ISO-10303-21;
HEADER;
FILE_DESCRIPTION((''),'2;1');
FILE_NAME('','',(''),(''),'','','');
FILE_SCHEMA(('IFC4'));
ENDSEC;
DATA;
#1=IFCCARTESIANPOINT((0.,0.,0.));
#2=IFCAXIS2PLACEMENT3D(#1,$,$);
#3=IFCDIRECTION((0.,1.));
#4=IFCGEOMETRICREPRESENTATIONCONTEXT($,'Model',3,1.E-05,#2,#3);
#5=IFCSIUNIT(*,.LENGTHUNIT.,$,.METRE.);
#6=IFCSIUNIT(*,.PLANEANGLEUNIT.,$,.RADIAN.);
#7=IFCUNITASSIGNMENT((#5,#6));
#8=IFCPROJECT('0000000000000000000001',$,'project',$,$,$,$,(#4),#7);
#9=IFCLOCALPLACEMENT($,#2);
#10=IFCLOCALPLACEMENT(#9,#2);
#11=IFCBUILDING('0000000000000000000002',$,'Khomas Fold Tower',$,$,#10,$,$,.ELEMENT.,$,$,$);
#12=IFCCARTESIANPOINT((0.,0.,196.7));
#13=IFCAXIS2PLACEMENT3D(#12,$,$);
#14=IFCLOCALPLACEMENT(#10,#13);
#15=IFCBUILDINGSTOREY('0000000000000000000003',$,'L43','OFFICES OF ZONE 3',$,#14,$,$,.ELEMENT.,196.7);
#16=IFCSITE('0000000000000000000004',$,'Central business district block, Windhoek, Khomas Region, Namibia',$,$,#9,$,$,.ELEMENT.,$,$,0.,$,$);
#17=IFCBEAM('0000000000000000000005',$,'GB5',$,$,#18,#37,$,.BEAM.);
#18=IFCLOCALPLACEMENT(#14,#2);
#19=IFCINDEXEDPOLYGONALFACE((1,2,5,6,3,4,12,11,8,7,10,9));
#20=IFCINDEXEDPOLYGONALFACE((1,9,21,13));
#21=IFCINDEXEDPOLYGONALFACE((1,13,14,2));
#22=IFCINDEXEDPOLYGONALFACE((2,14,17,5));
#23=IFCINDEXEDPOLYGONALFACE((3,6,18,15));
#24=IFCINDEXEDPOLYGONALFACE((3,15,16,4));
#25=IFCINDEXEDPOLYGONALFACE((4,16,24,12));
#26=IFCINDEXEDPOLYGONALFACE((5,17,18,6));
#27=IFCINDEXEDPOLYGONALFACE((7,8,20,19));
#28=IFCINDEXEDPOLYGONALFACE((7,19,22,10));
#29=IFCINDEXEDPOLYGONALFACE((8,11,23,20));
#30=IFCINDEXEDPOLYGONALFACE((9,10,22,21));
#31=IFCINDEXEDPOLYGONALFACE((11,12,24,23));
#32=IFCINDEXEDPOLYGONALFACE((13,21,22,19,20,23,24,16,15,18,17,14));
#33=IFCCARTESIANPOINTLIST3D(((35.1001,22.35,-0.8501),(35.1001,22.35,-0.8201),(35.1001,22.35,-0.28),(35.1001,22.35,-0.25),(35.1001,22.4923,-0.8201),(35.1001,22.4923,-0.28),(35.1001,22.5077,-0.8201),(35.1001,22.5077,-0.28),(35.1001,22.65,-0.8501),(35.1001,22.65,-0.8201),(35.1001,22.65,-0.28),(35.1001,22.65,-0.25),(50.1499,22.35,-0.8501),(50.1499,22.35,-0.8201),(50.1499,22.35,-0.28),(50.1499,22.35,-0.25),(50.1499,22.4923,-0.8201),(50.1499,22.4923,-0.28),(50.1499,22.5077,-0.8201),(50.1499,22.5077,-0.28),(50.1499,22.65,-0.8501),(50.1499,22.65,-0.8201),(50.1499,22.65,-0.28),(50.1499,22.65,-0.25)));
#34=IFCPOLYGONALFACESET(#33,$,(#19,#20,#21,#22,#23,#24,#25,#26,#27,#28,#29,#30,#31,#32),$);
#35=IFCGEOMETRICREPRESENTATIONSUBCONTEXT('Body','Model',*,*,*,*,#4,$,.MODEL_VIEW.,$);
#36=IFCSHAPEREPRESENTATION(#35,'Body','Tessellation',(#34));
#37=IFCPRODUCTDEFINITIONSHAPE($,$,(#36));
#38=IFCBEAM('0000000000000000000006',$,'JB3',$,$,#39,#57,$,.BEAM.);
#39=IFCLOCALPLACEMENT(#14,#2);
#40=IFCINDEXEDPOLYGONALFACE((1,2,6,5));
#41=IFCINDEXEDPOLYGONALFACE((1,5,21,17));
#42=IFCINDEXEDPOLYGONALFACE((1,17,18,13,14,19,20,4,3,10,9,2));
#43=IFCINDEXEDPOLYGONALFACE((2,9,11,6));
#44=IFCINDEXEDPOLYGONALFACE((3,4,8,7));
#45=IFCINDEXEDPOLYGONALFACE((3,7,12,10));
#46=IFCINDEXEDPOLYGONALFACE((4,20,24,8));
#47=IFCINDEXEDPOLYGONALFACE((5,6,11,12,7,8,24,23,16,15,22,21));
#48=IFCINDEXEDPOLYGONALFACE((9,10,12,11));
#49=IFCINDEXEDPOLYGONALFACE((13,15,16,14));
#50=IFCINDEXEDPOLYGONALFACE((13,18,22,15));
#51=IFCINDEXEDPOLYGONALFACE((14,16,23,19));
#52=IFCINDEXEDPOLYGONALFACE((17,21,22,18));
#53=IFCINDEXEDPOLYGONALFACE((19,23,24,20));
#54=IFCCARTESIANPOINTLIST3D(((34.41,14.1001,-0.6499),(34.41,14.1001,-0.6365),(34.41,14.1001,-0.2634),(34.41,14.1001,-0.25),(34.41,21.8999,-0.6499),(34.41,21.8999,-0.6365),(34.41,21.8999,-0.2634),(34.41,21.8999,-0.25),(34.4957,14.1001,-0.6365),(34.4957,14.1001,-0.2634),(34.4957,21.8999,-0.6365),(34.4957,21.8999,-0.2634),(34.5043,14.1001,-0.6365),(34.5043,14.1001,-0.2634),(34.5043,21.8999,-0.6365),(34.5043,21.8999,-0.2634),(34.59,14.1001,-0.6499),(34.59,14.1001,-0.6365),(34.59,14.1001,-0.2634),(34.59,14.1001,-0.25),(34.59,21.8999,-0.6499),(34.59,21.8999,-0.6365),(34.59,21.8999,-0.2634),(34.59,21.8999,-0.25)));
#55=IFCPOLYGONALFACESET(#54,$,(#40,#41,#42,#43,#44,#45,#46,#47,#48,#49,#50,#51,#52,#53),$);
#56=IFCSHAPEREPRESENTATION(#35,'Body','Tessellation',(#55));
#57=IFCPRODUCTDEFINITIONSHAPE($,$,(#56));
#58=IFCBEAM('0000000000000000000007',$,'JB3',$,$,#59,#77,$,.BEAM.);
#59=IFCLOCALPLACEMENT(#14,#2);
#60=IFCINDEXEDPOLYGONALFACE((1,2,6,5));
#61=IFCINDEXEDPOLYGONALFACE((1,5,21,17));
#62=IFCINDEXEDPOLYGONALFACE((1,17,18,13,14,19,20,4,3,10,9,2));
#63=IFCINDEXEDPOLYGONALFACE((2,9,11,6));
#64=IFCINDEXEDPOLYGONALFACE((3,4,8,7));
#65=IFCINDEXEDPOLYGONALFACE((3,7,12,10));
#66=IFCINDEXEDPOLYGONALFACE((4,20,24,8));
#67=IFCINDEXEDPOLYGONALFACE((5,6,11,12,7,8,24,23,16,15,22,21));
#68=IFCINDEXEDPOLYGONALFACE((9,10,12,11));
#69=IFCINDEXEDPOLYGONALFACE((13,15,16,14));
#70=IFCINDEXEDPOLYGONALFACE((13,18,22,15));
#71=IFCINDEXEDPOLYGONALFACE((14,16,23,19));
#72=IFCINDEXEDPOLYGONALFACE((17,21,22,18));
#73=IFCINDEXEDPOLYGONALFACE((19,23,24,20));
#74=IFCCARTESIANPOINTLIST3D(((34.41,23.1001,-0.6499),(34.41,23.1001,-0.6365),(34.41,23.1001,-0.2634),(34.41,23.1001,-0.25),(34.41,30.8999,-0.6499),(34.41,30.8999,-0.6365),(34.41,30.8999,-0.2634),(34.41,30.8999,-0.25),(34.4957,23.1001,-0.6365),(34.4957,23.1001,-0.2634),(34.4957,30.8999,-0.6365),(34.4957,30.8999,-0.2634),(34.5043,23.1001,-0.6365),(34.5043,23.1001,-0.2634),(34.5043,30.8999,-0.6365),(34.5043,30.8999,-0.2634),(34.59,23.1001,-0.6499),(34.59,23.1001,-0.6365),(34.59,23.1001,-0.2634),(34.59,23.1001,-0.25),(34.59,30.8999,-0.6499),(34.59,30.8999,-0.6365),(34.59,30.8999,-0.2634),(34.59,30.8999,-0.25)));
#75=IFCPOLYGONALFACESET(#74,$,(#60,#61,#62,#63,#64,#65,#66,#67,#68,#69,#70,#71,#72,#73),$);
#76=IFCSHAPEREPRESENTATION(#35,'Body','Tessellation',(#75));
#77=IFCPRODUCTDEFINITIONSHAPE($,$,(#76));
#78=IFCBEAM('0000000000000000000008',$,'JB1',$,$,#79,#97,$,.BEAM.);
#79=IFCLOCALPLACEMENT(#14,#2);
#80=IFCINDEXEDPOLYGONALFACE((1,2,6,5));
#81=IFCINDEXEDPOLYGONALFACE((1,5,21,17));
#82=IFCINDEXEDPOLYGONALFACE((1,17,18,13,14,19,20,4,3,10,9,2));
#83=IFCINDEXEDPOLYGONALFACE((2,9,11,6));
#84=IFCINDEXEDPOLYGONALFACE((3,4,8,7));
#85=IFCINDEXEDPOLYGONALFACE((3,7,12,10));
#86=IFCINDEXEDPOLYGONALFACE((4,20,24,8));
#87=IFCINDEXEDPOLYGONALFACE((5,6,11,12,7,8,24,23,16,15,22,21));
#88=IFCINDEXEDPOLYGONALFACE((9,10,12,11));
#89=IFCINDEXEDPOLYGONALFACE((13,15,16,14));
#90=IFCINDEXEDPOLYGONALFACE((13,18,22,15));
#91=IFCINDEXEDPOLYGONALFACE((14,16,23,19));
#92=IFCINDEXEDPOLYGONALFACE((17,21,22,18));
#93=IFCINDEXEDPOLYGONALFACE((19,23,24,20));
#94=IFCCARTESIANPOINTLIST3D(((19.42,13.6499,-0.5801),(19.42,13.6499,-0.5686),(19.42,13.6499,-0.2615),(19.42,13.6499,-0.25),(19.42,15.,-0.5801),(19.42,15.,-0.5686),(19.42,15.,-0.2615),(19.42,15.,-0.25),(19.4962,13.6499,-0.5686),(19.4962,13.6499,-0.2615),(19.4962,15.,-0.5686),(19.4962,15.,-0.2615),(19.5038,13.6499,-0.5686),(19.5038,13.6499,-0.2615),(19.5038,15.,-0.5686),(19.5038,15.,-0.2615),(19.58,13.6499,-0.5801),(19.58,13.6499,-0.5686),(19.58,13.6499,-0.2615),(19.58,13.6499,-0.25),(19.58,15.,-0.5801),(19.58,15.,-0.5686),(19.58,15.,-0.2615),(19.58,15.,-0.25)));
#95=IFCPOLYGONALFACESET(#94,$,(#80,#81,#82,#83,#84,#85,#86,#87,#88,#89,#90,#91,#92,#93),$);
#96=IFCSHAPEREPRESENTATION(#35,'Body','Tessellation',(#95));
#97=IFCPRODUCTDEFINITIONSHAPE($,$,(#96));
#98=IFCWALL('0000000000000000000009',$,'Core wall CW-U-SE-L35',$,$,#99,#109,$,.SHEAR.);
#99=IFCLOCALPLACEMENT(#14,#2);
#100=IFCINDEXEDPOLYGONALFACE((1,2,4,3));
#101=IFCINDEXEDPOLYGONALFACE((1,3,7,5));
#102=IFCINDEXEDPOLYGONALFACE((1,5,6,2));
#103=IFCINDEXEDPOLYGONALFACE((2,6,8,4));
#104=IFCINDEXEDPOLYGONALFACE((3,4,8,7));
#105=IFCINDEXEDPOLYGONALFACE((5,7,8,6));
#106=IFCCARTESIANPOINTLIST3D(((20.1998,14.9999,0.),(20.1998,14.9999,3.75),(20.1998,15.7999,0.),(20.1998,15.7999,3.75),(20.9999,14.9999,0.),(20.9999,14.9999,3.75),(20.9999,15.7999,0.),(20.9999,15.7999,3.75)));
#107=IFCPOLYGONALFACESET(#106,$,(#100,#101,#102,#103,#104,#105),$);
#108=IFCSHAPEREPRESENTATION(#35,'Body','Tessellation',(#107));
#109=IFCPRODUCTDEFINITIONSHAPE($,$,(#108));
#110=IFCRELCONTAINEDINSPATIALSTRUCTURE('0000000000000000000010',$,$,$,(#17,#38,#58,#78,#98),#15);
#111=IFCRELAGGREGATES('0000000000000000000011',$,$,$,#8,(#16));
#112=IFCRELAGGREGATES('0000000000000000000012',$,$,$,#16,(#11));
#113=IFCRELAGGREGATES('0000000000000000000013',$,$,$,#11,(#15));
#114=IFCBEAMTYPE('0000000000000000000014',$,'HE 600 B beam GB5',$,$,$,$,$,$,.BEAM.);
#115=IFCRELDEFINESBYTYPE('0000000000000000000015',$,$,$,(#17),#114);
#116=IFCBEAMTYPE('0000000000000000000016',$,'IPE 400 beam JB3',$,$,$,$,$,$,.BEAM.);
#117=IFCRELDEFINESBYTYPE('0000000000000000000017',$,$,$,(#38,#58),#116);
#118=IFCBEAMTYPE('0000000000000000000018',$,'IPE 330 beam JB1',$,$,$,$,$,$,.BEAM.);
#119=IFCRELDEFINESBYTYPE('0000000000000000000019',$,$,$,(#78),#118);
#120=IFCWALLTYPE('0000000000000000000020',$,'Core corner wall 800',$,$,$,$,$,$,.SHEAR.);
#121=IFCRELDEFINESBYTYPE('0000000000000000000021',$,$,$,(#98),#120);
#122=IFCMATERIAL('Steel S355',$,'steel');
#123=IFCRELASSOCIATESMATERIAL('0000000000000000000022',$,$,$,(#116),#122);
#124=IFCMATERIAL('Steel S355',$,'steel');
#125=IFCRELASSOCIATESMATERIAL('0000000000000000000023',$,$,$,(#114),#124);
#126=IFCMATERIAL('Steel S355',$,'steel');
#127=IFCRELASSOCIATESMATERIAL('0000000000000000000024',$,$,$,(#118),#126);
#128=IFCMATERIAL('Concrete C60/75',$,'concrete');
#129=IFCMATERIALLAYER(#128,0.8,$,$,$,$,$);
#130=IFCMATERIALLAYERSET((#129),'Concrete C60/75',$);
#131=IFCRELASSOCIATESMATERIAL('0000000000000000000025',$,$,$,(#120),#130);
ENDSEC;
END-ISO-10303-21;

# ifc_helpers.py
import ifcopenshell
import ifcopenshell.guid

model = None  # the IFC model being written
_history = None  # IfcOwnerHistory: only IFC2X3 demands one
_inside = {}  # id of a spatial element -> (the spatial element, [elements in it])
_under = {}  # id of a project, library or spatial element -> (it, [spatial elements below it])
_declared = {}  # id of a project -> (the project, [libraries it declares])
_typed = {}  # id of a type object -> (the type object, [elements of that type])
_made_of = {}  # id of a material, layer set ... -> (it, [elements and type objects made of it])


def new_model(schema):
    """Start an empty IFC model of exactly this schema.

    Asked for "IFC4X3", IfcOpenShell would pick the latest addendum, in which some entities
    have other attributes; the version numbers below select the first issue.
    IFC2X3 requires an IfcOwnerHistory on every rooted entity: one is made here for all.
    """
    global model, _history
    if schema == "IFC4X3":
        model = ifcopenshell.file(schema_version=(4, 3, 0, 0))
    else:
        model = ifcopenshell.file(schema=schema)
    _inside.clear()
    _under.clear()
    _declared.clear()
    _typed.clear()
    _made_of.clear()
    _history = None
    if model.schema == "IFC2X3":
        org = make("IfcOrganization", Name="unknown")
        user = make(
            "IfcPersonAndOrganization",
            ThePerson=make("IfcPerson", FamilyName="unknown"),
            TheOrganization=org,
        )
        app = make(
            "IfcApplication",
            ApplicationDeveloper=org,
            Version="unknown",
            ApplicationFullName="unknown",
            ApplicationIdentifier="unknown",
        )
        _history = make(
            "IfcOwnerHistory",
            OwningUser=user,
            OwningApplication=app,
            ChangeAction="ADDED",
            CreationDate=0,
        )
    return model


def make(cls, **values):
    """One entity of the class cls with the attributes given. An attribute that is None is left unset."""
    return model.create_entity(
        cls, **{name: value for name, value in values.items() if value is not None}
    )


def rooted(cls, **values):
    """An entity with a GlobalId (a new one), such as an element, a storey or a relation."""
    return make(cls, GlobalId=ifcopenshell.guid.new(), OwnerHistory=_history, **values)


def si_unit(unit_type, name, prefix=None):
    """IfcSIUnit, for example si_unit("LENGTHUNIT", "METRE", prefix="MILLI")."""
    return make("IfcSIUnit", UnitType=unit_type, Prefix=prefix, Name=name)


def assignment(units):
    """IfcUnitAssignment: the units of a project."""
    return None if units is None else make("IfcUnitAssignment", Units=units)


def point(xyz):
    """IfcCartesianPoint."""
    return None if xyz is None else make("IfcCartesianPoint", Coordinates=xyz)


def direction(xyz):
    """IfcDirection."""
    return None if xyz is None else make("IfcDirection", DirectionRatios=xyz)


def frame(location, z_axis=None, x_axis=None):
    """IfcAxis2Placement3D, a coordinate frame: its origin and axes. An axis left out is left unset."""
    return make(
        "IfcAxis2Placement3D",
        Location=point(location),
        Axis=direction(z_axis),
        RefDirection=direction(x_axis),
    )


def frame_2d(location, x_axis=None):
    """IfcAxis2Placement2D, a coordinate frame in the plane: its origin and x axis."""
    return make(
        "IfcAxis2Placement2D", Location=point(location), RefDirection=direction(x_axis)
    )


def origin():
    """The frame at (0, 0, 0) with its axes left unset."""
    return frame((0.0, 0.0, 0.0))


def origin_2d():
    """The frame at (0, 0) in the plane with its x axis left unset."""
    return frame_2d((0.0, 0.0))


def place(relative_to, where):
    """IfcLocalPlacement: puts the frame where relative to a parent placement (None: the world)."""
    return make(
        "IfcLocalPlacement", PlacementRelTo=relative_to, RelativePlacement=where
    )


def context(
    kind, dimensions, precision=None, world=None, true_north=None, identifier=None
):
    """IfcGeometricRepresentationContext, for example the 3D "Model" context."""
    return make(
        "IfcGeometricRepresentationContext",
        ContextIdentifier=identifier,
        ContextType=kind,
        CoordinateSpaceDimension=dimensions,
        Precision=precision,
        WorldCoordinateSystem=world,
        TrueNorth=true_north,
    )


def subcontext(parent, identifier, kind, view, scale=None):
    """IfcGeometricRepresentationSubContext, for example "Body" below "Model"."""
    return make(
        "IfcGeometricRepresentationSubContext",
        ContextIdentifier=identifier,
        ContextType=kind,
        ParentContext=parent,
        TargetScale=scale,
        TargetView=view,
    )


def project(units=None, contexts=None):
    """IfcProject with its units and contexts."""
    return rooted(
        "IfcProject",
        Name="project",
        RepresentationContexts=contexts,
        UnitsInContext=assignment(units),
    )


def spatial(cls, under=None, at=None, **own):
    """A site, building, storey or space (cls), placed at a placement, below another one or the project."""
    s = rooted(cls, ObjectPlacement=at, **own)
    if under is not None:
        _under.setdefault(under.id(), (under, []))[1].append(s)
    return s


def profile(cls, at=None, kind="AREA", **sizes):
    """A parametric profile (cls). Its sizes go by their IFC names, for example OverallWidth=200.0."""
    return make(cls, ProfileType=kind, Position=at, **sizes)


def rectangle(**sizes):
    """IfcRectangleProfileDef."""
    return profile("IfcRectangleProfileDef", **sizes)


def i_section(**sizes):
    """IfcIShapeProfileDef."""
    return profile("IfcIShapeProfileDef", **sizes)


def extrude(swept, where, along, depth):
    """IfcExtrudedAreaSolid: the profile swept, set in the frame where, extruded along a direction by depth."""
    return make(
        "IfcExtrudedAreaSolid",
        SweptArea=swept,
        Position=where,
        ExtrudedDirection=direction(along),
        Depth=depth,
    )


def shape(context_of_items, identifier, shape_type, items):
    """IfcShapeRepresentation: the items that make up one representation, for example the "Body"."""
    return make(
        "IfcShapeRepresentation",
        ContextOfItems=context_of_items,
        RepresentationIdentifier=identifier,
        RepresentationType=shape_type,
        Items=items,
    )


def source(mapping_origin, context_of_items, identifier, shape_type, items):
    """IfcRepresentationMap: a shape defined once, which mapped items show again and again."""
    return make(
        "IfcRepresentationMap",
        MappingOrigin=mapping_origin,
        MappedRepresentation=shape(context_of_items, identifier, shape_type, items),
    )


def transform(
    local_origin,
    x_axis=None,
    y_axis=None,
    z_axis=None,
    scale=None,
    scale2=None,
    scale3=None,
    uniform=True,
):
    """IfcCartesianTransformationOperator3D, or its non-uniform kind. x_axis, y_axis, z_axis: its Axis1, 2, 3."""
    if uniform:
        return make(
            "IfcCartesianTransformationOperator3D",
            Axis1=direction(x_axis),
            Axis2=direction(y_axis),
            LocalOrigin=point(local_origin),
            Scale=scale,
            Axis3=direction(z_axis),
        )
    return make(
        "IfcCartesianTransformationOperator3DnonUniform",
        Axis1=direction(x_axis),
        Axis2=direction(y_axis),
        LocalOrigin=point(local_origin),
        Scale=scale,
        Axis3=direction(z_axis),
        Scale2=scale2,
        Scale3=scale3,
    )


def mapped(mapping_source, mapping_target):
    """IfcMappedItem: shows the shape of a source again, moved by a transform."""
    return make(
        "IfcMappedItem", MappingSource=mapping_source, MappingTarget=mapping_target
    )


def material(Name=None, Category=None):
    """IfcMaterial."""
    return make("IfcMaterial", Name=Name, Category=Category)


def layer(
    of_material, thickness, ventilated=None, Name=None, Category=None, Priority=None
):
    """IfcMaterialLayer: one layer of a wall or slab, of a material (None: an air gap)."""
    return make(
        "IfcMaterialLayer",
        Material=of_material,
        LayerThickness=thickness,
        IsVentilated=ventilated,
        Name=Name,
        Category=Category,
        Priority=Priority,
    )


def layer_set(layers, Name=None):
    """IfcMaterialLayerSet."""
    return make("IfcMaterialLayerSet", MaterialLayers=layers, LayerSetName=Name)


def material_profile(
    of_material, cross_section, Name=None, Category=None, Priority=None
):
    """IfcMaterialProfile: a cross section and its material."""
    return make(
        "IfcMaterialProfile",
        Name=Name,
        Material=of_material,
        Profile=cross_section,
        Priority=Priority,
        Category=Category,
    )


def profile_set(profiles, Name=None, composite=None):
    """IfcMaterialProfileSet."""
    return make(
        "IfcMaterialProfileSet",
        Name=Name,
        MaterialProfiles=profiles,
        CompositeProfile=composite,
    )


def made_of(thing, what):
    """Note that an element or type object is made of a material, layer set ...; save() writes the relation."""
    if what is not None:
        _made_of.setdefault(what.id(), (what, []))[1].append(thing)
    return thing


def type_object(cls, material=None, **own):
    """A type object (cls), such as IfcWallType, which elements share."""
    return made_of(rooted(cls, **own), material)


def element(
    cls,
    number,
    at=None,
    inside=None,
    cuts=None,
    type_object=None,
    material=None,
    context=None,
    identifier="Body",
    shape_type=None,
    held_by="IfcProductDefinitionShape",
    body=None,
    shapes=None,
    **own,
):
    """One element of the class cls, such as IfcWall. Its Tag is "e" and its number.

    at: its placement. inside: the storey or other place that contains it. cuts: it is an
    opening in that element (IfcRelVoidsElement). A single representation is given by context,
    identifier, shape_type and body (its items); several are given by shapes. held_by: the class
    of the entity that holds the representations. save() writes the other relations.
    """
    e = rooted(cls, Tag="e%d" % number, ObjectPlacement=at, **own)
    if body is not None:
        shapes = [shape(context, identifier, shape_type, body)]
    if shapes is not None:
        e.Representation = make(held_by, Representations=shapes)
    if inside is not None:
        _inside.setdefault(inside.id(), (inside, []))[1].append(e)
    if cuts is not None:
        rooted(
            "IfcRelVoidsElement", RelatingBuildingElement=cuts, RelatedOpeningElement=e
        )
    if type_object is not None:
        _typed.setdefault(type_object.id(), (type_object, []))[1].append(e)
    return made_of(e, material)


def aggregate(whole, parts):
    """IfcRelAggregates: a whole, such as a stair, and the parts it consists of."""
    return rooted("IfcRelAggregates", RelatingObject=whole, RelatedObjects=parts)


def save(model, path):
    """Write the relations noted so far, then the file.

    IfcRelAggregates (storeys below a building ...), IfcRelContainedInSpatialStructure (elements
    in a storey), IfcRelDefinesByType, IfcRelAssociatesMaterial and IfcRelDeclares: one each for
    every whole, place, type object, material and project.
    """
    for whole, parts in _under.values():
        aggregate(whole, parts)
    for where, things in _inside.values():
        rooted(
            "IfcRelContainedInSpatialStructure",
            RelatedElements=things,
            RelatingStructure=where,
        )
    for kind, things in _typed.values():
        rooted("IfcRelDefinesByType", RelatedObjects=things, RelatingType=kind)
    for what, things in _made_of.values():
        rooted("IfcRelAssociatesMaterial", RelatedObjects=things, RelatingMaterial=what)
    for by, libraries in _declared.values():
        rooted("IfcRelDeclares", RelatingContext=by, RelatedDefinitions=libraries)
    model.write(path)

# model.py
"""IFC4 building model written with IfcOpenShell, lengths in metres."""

from ifc_helpers import new_model, si_unit, direction, frame, frame_2d, origin, origin_2d, place, context, subcontext, project, spatial, rectangle, i_section, extrude, source, transform, mapped, material, layer, layer_set, material_profile, profile_set, type_object, element, save


model = new_model("IFC4")

# Units and contexts
model_context = context("Model", 3, precision=1e-05, world=origin(), true_north=direction((0.0, 1.0)))
body_context = subcontext(model_context, "Body", "Model", "MODEL_VIEW")
ifc_project = project(units=[si_unit("LENGTHUNIT", "METRE"), si_unit("PLANEANGLEUNIT", "RADIAN")], contexts=[model_context])

# Site, building, storey
site_placement = place(None, origin())
site = spatial("IfcSite", under=ifc_project, at=site_placement, Name="Central business district block, Windhoek, Khomas Region, Namibia", CompositionType="ELEMENT", RefElevation=0.0)
building_placement = place(site_placement, origin())
building = spatial("IfcBuilding", under=site, at=building_placement, Name="Khomas Fold Tower", CompositionType="ELEMENT")
storey_placement = place(building_placement, frame((0.0, 0.0, 196.7)))
storey = spatial("IfcBuildingStorey", under=building, at=storey_placement, Name="L43", Description="OFFICES OF ZONE 3", CompositionType="ELEMENT", Elevation=196.7)

# Beams
ifc_material_1 = material(Name="Steel S355", Category="steel")
ifc_material_profile_1 = material_profile(ifc_material_1, i_section(OverallWidth=0.1799, OverallDepth=0.3999, WebThickness=0.0085, FlangeThickness=0.0134, at=origin_2d()), Name="IPE 400")
ifc_profile_set_1 = profile_set([ifc_material_profile_1], Name="Steel S355")
beam_type_1 = type_object("IfcBeamType", Name="IPE 400 beam JB3", PredefinedType="BEAM", material=ifc_profile_set_1)
ifc_material_2 = material(Name="Steel S355", Category="steel")
ifc_material_profile_2 = material_profile(ifc_material_2, i_section(OverallWidth=0.3, OverallDepth=0.6001, WebThickness=0.0154, FlangeThickness=0.03, at=origin_2d()), Name="HE 600 B")
ifc_profile_set_2 = profile_set([ifc_material_profile_2], Name="Steel S355")
beam_type_2 = type_object("IfcBeamType", Name="HE 600 B beam GB5", PredefinedType="BEAM", material=ifc_profile_set_2)
shared_shape_1 = source(origin(), body_context, "Body", "SweptSolid", [
    extrude(i_section(OverallWidth=0.3, OverallDepth=0.6001, WebThickness=0.0154, FlangeThickness=0.03, at=origin_2d()), origin(), (0.0, 0.0, 1.0), 15.0498),
])
for number, where, z_axis, x_axis, name in (
    (1, (35.1001, 22.5, -0.55), (1.0, 0.0, 0.0), (0.0, 1.0, 0.0), "GB5"),
):
    element("IfcBeam", number, at=place(storey_placement, frame(where, z_axis=z_axis, x_axis=x_axis)), inside=storey, type_object=beam_type_2, Name=name, PredefinedType="BEAM", context=body_context, shape_type="MappedRepresentation", body=[
        mapped(shared_shape_1, transform((0.0, 0.0, 0.0))),
    ])
shared_shape_2 = source(origin(), body_context, "Body", "SweptSolid", [
    extrude(i_section(OverallWidth=0.1799, OverallDepth=0.3999, WebThickness=0.0085, FlangeThickness=0.0134, at=origin_2d()), origin(), (0.0, 0.0, 1.0), 7.7998),
])
for number, where, z_axis, x_axis, name in (
    (2, (34.5, 14.1001, -0.45), (0.0, 1.0, 0.0), (-1.0, 0.0, 0.0), "JB3"),
    (3, (34.5, 23.1001, -0.45), (0.0, 1.0, 0.0), (-1.0, 0.0, 0.0), "JB3"),
):
    element("IfcBeam", number, at=place(storey_placement, frame(where, z_axis=z_axis, x_axis=x_axis)), inside=storey, type_object=beam_type_1, Name=name, PredefinedType="BEAM", context=body_context, shape_type="MappedRepresentation", body=[
        mapped(shared_shape_2, transform((0.0, 0.0, 0.0))),
    ])
ifc_material_3 = material(Name="Steel S355", Category="steel")
ifc_material_profile_3 = material_profile(ifc_material_3, i_section(OverallWidth=0.1599, OverallDepth=0.3301, WebThickness=0.0076, FlangeThickness=0.0115, at=origin_2d()), Name="IPE 330")
ifc_profile_set_3 = profile_set([ifc_material_profile_3], Name="Steel S355")
beam_type_3 = type_object("IfcBeamType", Name="IPE 330 beam JB1", PredefinedType="BEAM", material=ifc_profile_set_3)
shared_shape_3 = source(origin(), body_context, "Body", "SweptSolid", [
    extrude(i_section(OverallWidth=0.1599, OverallDepth=0.3301, WebThickness=0.0076, FlangeThickness=0.0115, at=origin_2d()), origin(), (0.0, 0.0, 1.0), 1.3501),
])
beam_placement = place(storey_placement, frame((19.5, 13.6499, -0.415), z_axis=(0.0, 1.0, 0.0), x_axis=(-1.0, 0.0, 0.0)))
element("IfcBeam", 4, at=beam_placement, inside=storey, type_object=beam_type_3, Name="JB1", PredefinedType="BEAM", context=body_context, shape_type="MappedRepresentation", body=[
    mapped(shared_shape_3, transform((0.0, 0.0, 0.0))),
])

# Wall
ifc_material_4 = material(Name="Concrete C60/75", Category="concrete")
ifc_layer_1 = layer(ifc_material_4, 0.8)
ifc_layer_set_1 = layer_set([ifc_layer_1], Name="Concrete C60/75")
wall_type_1 = type_object("IfcWallType", Name="Core corner wall 800", PredefinedType="SHEAR", material=ifc_layer_set_1)
shared_shape_4 = source(origin(), body_context, "Body", "SweptSolid", [
    extrude(rectangle(XDim=0.8, YDim=0.8, at=frame_2d((0.3999, 0.0))), origin(), (0.0, 0.0, 1.0), 3.75),
])
wall_1_placement = place(storey_placement, frame((20.2, 15.3999, 0.0), z_axis=(0.0, 0.0, 1.0), x_axis=(1.0, 0.0, 0.0)))
element("IfcWall", 5, at=wall_1_placement, inside=storey, type_object=wall_type_1, Name="Core wall CW-U-SE-L35", PredefinedType="SHEAR", context=body_context, shape_type="MappedRepresentation", body=[
    mapped(shared_shape_4, transform((0.0, 0.0, 0.0))),
])

save(model, "model.ifc")
